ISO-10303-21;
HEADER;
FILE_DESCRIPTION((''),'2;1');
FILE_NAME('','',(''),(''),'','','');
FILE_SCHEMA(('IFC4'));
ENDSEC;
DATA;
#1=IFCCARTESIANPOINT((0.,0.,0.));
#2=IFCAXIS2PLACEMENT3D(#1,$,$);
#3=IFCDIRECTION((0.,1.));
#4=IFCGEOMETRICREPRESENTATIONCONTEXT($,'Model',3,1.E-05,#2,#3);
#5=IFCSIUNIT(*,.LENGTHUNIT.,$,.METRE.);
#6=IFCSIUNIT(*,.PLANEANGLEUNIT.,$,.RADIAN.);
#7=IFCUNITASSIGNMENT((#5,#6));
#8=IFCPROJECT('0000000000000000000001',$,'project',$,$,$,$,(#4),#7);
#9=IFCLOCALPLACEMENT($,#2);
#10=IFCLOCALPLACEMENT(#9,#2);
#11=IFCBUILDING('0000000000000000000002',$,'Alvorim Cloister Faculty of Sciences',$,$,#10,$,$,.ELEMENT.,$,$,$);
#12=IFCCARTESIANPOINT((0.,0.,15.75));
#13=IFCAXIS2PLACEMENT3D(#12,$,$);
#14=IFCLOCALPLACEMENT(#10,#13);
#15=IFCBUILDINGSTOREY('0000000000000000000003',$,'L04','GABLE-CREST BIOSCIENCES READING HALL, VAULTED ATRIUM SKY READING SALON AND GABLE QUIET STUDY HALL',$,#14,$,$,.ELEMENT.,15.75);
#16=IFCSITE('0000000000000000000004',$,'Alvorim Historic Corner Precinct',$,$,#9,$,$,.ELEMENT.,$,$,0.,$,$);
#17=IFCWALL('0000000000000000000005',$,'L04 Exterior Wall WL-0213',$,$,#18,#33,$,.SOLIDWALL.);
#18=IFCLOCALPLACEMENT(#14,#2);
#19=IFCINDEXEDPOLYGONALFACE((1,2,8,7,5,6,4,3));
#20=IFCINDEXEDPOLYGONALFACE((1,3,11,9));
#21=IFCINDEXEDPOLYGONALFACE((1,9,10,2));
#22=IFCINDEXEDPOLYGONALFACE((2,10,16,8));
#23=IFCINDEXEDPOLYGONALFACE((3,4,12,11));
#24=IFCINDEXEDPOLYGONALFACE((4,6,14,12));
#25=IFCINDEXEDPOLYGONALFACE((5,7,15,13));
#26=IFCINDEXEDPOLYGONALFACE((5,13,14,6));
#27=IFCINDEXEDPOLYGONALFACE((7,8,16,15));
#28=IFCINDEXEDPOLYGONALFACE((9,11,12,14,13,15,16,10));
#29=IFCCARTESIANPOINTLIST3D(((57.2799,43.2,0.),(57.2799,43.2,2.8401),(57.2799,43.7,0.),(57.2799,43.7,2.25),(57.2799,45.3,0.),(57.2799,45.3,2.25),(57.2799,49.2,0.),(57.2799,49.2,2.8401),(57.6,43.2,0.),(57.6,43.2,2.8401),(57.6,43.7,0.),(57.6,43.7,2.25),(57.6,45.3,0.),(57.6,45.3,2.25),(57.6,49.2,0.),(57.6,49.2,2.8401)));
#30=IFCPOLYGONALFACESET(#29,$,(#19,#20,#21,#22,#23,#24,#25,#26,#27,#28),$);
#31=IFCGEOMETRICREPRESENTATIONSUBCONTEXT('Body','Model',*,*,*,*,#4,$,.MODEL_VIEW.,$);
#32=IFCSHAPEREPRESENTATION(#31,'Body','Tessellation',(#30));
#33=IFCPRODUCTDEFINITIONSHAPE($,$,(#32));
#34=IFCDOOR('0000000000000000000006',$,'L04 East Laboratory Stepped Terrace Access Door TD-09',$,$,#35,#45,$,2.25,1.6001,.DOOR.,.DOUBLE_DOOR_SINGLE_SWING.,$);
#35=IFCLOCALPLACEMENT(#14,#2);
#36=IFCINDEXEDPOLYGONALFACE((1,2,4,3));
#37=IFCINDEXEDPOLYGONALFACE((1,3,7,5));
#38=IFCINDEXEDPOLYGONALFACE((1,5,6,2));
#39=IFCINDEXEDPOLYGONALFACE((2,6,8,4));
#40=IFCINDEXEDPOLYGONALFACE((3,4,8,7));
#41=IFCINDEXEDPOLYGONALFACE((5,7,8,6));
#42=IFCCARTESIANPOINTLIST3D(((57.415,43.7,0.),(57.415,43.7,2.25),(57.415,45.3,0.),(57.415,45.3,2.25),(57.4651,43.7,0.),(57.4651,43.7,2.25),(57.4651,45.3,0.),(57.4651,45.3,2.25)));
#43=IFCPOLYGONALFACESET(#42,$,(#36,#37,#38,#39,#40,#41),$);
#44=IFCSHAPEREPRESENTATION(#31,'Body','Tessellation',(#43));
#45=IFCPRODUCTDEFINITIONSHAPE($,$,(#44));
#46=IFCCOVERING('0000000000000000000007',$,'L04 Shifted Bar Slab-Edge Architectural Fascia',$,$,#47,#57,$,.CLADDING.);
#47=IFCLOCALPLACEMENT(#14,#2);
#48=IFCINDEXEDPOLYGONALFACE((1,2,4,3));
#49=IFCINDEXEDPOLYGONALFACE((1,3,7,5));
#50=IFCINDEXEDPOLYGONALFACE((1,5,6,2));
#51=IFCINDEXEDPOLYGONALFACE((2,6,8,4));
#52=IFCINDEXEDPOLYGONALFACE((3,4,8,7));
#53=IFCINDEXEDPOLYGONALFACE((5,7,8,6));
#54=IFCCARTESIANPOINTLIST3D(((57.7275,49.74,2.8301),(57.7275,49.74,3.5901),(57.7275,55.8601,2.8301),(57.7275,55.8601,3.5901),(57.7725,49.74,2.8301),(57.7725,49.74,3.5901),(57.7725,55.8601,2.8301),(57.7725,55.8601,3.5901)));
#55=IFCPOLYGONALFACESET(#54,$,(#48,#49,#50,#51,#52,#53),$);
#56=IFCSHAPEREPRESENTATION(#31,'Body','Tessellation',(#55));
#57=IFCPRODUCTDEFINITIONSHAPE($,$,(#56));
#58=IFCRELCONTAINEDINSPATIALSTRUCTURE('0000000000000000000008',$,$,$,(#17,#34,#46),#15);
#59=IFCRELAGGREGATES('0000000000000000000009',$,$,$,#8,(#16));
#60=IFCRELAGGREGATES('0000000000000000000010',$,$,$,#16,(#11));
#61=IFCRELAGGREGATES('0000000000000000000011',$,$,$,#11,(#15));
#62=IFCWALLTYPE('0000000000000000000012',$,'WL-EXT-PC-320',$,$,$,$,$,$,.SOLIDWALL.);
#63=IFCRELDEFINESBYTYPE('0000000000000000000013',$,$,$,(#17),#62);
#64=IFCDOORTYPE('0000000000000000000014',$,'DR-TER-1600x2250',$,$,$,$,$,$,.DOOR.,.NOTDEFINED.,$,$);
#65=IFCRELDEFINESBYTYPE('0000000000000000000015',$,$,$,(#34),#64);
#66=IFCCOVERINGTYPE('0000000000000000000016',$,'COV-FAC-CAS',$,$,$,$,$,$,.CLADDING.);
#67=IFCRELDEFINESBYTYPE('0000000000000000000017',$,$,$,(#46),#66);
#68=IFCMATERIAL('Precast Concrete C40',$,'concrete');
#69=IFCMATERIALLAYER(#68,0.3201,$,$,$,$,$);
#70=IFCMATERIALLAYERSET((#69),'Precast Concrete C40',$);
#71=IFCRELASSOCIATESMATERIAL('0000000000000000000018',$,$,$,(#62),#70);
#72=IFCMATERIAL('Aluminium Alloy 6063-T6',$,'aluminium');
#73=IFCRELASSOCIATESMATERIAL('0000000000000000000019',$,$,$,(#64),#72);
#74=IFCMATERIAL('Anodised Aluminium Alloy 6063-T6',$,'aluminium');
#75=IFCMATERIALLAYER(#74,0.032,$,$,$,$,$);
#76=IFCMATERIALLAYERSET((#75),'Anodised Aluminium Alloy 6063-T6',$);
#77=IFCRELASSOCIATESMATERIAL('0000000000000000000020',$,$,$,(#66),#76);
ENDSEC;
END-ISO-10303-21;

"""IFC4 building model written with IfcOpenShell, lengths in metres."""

from ifc_helpers import new_model, si_unit, direction, frame, frame_2d, origin, place, context, subcontext, project, spatial, polyline, rectangle, outline, extrude, material, layer, layer_set, type_object, element, fill, save


model = new_model("IFC4")

# Units and contexts
model_context = context("Model", 3, precision=1e-05, world=origin(), true_north=direction((0.0, 1.0)))
body_context = subcontext(model_context, "Body", "Model", "MODEL_VIEW")
ifc_project = project(units=[si_unit("LENGTHUNIT", "METRE"), si_unit("PLANEANGLEUNIT", "RADIAN")], contexts=[model_context])

# Site, building, storey
site_placement = place(None, origin())
site = spatial("IfcSite", under=ifc_project, at=site_placement, Name="Alvorim Historic Corner Precinct", CompositionType="ELEMENT", RefElevation=0.0)
building_placement = place(site_placement, origin())
building = spatial("IfcBuilding", under=site, at=building_placement, Name="Alvorim Cloister Faculty of Sciences", CompositionType="ELEMENT")
storey_placement = place(building_placement, frame((0.0, 0.0, 15.75)))
storey = spatial("IfcBuildingStorey", under=building, at=storey_placement, Name="L04", Description="GABLE-CREST BIOSCIENCES READING HALL, VAULTED ATRIUM SKY READING SALON AND GABLE QUIET STUDY HALL", CompositionType="ELEMENT", Elevation=15.75)

# Shared definitions
ifc_material_1 = material(Name="Aluminium Alloy 6063-T6", Category="aluminium")

# Wall, opening, door
ifc_material_2 = material(Name="Precast Concrete C40", Category="concrete")
ifc_layer_1 = layer(ifc_material_2, 0.3201)
ifc_layer_set_1 = layer_set([ifc_layer_1], Name="Precast Concrete C40")
wall_type = type_object("IfcWallType", Name="WL-EXT-PC-320", PredefinedType="SOLIDWALL", material=ifc_layer_set_1)
wall_placement = place(storey_placement, frame((57.4399, 43.2, 0.0), z_axis=(0.0, 0.0, 1.0), x_axis=(0.0, 1.0, 0.0)))
wall = element("IfcWall", 1, at=wall_placement, inside=storey, type_object=wall_type, Name="L04 Exterior Wall WL-0213", PredefinedType="SOLIDWALL", context=body_context, shape_type="SweptSolid", body=[
    extrude(rectangle(XDim=6.0, YDim=0.3201, at=frame_2d((3.0, 0.0))), origin(), (0.0, 0.0, 1.0), 2.8401),
])
opening_placement = place(wall_placement, frame((0.5, 0.0, 0.0)))
opening = element("IfcOpeningElement", 2, at=opening_placement, cuts=wall, PredefinedType="OPENING", context=body_context, shape_type="SweptSolid", body=[
    extrude(rectangle(XDim=1.6001, YDim=2.25, at=frame_2d((0.8, 1.125))), frame((0.0, 0.1719, 0.0), z_axis=(0.0, -1.0, 0.0), x_axis=(1.0, 0.0, 0.0)), (0.0, 0.0, 1.0), 0.344),
])
door_type = type_object("IfcDoorType", Name="DR-TER-1600x2250", OperationType="NOTDEFINED", PredefinedType="DOOR", material=ifc_material_1)
door_placement = place(opening_placement, origin())
door = element("IfcDoor", 3, at=door_placement, inside=storey, type_object=door_type, Name="L04 East Laboratory Stepped Terrace Access Door TD-09", OperationType="DOUBLE_DOOR_SINGLE_SWING", OverallHeight=2.25, OverallWidth=1.6001, PredefinedType="DOOR", context=body_context, shape_type="SweptSolid", body=[
    extrude(rectangle(XDim=1.6001, YDim=2.25, at=frame_2d((0.8, 1.125))), frame((0.0, 0.0249, 0.0), z_axis=(0.0, -1.0, 0.0), x_axis=(1.0, 0.0, 0.0)), (0.0, 0.0, 1.0), 0.05),
])
fill(opening, door)

# Covering
ifc_material_3 = material(Name="Anodised Aluminium Alloy 6063-T6", Category="aluminium")
ifc_layer_2 = layer(ifc_material_3, 0.032)
ifc_layer_set_2 = layer_set([ifc_layer_2], Name="Anodised Aluminium Alloy 6063-T6")
covering_type = type_object("IfcCoveringType", Name="COV-FAC-CAS", PredefinedType="CLADDING", material=ifc_layer_set_2)
covering_placement = place(storey_placement, frame((57.75, 49.74, 2.8301), z_axis=(0.0, 0.0, 1.0), x_axis=(0.0, 1.0, 0.0)))
element("IfcCovering", 4, at=covering_placement, inside=storey, type_object=covering_type, Name="L04 Shifted Bar Slab-Edge Architectural Fascia", PredefinedType="CLADDING", context=body_context, shape_type="SweptSolid", body=[
    extrude(outline(polyline([(0.0, 0.0), (6.1201, 0.0), (6.1201, 0.76), (0.0, 0.76), (0.0, 0.0)])), frame((0.0, 0.0225, 0.0), z_axis=(0.0, -1.0, 0.0), x_axis=(1.0, 0.0, 0.0)), (0.0, 0.0, 1.0), 0.0449),
])

save(model, "model.ifc")
